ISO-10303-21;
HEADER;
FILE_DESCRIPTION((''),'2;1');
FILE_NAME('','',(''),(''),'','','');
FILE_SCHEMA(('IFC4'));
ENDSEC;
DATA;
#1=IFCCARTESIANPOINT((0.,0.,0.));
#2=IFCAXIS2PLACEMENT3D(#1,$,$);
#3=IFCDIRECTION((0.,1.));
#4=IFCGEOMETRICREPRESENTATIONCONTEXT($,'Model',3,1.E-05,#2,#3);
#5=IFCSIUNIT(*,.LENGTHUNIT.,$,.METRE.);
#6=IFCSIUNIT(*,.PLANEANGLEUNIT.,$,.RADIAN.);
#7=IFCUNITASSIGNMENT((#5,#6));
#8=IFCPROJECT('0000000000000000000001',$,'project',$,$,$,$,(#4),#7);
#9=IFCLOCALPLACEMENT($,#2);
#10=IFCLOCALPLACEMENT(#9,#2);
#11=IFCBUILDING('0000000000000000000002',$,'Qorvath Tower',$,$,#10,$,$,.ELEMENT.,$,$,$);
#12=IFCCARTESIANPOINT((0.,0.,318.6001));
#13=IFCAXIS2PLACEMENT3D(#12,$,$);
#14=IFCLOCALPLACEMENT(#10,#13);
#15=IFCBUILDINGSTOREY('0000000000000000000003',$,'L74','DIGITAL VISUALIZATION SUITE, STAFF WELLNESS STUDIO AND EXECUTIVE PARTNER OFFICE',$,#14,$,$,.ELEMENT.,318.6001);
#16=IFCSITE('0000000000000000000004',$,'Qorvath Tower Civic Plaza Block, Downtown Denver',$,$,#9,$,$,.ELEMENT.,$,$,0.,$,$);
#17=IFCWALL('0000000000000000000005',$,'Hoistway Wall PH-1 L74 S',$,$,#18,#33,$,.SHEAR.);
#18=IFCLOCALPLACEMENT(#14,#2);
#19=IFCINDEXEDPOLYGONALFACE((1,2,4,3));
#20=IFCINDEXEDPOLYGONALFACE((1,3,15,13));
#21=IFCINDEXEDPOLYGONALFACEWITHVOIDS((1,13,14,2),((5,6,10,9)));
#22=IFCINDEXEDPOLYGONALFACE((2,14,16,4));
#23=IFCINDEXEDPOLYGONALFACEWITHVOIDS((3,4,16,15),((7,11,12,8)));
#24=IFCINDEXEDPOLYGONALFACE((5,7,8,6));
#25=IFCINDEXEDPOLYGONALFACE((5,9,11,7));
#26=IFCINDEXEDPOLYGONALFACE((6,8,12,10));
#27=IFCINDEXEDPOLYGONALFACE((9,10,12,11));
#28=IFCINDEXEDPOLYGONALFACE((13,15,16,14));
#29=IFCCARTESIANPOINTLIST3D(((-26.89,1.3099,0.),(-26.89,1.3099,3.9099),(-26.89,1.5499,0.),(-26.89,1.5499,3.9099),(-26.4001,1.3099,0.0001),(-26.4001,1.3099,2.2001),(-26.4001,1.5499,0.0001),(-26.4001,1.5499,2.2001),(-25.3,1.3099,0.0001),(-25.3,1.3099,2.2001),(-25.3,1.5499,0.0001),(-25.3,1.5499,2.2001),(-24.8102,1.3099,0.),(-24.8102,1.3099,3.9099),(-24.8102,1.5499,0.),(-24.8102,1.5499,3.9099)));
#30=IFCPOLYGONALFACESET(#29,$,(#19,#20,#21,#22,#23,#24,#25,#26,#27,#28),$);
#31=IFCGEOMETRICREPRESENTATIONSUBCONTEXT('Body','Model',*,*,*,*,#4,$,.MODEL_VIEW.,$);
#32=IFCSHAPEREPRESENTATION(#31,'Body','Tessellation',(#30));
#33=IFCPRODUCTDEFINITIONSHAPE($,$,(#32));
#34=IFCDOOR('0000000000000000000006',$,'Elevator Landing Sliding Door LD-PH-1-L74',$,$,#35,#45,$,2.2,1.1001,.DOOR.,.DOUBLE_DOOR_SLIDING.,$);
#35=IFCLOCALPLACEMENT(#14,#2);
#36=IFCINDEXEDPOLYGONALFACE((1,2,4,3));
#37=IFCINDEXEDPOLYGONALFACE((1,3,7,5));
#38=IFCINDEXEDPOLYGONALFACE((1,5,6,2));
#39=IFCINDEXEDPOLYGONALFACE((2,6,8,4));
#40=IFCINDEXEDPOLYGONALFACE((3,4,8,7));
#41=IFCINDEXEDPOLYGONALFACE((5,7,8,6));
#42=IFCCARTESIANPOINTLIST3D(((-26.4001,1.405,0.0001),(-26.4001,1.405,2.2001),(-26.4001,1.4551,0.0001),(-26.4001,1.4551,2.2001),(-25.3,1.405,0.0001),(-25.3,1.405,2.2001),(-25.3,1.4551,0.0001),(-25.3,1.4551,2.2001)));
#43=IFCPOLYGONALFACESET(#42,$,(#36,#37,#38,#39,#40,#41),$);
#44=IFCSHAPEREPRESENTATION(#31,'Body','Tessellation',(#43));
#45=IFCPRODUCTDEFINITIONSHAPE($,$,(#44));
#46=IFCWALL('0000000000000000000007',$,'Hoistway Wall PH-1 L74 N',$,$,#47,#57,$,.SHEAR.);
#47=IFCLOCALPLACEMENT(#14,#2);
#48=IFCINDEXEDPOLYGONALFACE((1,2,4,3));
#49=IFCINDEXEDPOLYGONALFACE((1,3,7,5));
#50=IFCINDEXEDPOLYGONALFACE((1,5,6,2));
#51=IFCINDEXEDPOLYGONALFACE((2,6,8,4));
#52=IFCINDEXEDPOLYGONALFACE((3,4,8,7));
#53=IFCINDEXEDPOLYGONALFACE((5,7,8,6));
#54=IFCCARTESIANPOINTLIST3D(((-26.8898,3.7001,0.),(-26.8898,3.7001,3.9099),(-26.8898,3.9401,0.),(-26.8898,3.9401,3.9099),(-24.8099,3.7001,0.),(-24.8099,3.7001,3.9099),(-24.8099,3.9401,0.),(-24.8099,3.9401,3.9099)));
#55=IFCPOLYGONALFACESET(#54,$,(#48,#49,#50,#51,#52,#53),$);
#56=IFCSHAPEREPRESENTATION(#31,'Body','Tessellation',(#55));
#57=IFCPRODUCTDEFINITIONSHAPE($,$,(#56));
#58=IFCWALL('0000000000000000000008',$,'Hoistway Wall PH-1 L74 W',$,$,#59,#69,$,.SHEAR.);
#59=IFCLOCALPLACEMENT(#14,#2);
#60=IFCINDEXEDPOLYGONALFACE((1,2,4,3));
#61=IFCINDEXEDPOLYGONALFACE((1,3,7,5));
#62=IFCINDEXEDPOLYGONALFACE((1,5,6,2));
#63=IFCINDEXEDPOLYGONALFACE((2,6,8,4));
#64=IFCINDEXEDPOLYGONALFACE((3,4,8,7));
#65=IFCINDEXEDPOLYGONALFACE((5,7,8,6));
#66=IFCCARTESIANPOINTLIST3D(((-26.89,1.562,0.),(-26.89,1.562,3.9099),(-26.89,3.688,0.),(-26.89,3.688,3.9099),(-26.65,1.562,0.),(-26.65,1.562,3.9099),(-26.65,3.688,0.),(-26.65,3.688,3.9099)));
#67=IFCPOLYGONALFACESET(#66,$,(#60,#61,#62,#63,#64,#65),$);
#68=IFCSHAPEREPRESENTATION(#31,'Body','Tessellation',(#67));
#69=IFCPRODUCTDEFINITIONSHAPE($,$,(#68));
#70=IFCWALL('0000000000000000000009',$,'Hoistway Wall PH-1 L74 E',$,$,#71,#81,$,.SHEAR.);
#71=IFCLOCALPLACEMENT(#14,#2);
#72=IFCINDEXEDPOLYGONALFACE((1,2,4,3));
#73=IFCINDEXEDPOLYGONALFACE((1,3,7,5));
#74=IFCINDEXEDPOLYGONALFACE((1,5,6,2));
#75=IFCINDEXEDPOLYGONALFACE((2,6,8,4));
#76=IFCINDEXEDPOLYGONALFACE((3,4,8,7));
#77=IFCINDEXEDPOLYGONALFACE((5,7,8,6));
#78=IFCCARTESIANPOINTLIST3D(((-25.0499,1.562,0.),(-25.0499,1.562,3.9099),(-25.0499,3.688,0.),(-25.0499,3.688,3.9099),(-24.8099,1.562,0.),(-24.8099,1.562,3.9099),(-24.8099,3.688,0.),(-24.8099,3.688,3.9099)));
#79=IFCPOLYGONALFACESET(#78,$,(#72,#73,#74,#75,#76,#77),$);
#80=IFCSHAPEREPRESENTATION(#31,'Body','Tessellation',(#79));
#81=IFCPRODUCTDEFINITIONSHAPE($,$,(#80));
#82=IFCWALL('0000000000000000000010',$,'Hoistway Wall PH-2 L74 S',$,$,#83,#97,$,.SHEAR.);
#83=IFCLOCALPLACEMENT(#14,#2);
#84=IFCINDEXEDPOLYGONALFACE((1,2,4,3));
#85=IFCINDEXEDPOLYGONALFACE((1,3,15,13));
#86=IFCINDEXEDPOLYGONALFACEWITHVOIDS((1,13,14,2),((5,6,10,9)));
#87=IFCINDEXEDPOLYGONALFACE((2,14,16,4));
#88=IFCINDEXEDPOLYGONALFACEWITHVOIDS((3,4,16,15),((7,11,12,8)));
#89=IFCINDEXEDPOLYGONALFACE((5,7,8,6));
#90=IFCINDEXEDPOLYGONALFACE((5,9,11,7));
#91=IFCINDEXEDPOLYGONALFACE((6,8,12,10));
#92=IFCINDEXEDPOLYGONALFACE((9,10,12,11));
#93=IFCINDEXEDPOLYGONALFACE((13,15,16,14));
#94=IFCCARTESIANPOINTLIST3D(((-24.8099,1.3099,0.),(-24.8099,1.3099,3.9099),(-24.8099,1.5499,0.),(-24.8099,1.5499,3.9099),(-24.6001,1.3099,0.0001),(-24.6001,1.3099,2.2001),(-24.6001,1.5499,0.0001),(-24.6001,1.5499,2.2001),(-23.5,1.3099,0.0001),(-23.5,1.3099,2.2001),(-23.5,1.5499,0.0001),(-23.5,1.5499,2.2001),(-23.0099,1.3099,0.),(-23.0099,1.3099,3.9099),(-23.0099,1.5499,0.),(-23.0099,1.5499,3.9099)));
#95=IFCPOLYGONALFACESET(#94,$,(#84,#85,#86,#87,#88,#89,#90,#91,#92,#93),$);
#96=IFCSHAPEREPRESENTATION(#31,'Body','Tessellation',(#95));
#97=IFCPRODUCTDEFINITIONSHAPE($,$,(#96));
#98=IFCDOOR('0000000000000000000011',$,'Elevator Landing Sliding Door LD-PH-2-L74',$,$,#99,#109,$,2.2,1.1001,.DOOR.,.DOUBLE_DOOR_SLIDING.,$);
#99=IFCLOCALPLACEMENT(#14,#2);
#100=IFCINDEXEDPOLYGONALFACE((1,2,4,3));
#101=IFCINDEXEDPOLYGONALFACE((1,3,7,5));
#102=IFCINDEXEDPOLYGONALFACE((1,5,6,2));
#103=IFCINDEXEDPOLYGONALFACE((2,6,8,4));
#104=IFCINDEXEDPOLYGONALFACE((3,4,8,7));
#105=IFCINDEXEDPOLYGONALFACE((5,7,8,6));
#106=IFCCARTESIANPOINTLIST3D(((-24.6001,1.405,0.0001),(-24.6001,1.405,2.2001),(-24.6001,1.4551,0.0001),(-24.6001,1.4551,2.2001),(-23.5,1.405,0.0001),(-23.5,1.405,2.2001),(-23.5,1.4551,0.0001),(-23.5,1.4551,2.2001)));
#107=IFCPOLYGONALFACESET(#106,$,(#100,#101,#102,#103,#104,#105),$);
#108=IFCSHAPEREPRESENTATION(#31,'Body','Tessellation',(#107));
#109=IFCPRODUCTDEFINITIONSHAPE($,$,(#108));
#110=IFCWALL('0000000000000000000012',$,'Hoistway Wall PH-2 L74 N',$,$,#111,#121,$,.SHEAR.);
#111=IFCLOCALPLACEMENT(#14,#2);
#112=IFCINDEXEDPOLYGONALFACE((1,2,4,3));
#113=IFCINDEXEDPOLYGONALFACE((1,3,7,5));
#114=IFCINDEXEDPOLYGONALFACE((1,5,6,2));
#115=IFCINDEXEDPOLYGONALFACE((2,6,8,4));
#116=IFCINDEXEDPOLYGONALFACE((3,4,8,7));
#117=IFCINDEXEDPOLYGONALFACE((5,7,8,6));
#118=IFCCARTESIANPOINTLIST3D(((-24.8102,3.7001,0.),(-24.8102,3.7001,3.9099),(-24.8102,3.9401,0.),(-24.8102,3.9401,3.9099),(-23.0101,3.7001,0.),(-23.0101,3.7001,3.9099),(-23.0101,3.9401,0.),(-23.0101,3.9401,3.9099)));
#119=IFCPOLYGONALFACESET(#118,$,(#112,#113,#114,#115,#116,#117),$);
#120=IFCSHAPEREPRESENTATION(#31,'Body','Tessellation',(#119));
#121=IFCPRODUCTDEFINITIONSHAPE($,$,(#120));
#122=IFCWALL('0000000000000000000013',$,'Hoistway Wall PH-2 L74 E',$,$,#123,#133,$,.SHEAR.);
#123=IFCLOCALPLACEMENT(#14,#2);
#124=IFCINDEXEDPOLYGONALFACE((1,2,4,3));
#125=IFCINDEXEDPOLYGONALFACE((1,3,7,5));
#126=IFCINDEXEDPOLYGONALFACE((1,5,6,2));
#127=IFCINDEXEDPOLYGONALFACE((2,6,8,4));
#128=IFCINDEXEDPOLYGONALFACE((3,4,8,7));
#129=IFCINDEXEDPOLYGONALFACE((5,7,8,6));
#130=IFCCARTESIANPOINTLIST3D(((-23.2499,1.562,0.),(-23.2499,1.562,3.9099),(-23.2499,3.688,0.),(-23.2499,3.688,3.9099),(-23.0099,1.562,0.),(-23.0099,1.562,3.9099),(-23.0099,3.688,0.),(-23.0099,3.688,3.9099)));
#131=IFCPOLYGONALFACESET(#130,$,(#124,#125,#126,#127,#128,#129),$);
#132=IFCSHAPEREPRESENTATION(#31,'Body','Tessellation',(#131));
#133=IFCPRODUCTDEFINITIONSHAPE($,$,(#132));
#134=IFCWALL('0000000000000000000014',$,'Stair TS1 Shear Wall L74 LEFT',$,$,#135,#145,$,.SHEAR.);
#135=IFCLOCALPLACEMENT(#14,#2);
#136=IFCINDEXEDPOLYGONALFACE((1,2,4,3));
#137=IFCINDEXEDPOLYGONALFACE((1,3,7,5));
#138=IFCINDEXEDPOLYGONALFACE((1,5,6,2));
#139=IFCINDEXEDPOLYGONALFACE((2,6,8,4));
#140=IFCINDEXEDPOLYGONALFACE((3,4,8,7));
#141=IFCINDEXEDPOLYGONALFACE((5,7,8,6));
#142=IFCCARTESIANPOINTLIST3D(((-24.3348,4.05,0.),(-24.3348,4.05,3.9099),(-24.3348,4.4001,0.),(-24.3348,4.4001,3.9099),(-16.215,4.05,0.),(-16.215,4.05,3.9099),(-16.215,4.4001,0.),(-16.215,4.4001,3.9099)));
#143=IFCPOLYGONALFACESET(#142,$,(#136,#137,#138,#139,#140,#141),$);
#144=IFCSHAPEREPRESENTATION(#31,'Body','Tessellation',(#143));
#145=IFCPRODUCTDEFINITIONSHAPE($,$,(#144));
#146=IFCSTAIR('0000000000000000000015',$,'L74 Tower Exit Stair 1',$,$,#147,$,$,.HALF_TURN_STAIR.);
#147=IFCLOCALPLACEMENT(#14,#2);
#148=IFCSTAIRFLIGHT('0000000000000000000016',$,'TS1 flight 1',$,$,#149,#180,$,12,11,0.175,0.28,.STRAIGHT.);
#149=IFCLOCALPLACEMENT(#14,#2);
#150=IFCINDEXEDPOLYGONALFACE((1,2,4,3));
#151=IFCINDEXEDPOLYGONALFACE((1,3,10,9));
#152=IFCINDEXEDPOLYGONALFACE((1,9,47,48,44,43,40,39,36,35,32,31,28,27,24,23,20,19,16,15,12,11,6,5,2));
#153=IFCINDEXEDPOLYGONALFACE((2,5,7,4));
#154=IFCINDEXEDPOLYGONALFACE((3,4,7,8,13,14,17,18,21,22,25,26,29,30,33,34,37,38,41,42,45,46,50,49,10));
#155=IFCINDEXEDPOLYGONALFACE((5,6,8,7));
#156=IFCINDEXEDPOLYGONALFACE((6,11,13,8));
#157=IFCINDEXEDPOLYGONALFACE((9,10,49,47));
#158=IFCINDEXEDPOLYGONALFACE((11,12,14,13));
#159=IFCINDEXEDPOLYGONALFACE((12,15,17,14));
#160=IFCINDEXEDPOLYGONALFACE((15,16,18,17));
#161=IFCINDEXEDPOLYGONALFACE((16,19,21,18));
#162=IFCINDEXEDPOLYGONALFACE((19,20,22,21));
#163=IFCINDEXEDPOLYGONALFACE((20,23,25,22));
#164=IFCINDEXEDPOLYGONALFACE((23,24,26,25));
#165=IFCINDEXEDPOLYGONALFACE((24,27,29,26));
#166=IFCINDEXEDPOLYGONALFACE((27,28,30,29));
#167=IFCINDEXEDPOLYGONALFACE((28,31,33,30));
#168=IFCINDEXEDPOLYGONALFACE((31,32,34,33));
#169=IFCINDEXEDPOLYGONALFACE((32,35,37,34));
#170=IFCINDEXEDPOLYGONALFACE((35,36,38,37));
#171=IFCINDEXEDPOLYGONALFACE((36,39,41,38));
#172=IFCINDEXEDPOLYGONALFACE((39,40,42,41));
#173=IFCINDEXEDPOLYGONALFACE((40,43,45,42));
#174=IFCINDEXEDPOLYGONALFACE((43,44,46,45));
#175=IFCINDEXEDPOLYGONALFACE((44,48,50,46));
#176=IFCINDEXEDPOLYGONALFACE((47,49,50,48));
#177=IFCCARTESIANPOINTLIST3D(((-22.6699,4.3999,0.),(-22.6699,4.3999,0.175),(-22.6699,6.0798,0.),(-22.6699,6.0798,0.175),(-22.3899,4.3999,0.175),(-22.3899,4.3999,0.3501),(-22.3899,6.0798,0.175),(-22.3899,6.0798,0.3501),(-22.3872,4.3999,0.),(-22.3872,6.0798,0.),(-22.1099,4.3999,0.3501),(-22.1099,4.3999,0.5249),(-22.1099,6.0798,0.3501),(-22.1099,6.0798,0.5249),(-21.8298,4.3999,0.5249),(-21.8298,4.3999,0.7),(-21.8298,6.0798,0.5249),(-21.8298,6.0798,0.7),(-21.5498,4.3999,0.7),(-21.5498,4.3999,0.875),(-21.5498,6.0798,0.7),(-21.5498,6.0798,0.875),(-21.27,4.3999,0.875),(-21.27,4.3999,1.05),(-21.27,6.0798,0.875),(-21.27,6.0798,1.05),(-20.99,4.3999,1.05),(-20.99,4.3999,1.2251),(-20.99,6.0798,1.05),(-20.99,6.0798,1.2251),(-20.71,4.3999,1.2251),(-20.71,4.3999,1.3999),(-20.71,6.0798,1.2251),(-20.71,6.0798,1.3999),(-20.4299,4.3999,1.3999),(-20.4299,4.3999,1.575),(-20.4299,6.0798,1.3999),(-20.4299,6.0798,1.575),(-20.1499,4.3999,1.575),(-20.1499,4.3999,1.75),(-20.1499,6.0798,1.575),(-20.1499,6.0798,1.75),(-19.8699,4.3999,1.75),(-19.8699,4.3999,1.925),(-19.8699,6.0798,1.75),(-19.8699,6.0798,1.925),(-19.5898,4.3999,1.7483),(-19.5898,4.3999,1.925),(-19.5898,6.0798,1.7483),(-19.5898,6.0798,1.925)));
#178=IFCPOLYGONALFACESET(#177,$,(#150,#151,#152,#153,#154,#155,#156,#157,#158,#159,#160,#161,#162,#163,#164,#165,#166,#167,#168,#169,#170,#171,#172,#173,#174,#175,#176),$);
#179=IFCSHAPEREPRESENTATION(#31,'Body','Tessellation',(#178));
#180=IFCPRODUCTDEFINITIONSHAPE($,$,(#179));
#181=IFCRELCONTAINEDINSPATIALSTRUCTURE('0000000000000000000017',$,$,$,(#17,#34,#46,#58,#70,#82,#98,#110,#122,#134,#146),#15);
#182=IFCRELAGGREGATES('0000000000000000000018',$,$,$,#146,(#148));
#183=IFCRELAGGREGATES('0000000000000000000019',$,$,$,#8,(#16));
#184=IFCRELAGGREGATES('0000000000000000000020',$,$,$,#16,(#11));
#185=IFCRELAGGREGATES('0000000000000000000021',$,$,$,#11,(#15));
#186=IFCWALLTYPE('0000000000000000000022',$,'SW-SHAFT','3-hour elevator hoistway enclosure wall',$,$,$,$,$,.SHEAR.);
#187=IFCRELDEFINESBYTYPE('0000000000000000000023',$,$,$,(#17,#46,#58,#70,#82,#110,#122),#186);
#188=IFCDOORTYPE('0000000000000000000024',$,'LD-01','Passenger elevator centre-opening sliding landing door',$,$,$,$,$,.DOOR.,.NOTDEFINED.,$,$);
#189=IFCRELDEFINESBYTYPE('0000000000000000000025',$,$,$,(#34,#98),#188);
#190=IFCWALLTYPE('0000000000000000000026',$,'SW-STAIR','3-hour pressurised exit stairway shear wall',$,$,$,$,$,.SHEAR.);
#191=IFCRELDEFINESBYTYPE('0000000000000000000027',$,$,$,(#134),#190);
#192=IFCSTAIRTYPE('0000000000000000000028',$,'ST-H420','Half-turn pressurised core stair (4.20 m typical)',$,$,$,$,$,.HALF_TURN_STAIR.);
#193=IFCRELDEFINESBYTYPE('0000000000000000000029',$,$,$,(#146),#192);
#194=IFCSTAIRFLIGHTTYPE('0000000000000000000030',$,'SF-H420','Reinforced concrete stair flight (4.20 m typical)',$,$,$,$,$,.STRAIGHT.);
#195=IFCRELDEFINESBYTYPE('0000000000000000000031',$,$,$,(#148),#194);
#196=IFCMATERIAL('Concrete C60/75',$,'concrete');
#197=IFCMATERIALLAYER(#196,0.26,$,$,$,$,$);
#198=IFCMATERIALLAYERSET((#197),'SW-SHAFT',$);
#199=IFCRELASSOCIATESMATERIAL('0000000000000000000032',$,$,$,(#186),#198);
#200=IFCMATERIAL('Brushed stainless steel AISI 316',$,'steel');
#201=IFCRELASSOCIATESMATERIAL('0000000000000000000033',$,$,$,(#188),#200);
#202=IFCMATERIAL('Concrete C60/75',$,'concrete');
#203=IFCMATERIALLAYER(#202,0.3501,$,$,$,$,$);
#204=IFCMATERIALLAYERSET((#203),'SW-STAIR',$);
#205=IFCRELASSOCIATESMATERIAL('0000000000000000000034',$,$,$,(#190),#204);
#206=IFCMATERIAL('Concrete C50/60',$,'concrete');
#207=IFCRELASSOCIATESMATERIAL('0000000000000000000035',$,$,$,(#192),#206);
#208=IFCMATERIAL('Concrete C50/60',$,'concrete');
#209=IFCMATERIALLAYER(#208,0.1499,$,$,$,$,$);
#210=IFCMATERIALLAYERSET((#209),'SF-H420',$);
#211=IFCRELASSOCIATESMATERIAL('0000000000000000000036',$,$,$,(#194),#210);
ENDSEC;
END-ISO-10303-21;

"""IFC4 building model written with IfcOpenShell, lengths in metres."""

from ifc_helpers import new_model, si_unit, direction, frame, frame_2d, origin, place, context, subcontext, project, spatial, polyline, rectangle, outline, extrude, material, layer, layer_set, type_object, element, fill, aggregate, save


model = new_model("IFC4")

# Units and contexts
model_context = context("Model", 3, precision=1e-05, world=origin(), true_north=direction((0.0, 1.0)))
body_context = subcontext(model_context, "Body", "Model", "MODEL_VIEW")
ifc_project = project(units=[si_unit("LENGTHUNIT", "METRE"), si_unit("PLANEANGLEUNIT", "RADIAN")], contexts=[model_context])

# Site, building, storey
site_placement = place(None, origin())
site = spatial("IfcSite", under=ifc_project, at=site_placement, Name="Qorvath Tower Civic Plaza Block, Downtown Denver", CompositionType="ELEMENT", RefElevation=0.0)
building_placement = place(site_placement, origin())
building = spatial("IfcBuilding", under=site, at=building_placement, Name="Qorvath Tower", CompositionType="ELEMENT")
storey_placement = place(building_placement, frame((0.0, 0.0, 318.6001)))
storey = spatial("IfcBuildingStorey", under=building, at=storey_placement, Name="L74", Description="DIGITAL VISUALIZATION SUITE, STAFF WELLNESS STUDIO AND EXECUTIVE PARTNER OFFICE", CompositionType="ELEMENT", Elevation=318.6001)

# Shared definitions
ifc_material_1 = material(Name="Concrete C60/75", Category="concrete")
ifc_layer_1 = layer(ifc_material_1, 0.26)
ifc_layer_set_1 = layer_set([ifc_layer_1], Name="SW-SHAFT")
wall_type_1 = type_object("IfcWallType", Name="SW-SHAFT", Description="3-hour elevator hoistway enclosure wall", PredefinedType="SHEAR", material=ifc_layer_set_1)

# Wall, opening, door
wall_1_placement = place(storey_placement, frame((-24.8101, 1.4299, 0.0), z_axis=(0.0, 0.0, 1.0), x_axis=(-1.0, 0.0, 0.0)))
wall_1 = element("IfcWall", 1, at=wall_1_placement, inside=storey, type_object=wall_type_1, Name="Hoistway Wall PH-1 L74 S", PredefinedType="SHEAR", context=body_context, shape_type="SweptSolid", body=[
    extrude(rectangle(XDim=2.0798, YDim=0.24, at=frame_2d((1.04, 0.0))), origin(), (0.0, 0.0, 1.0), 3.9099),
])
opening_1_placement = place(wall_1_placement, frame((0.49, 0.0, 0.0)))
opening_1 = element("IfcOpeningElement", 2, at=opening_1_placement, cuts=wall_1, PredefinedType="OPENING", context=body_context, shape_type="SweptSolid", body=[
    extrude(rectangle(XDim=1.1001, YDim=2.2, at=frame_2d((0.55, 1.1001))), frame((0.0, 0.1299, 0.0), z_axis=(0.0, -1.0, 0.0), x_axis=(1.0, 0.0, 0.0)), (0.0, 0.0, 1.0), 0.26),
])
ifc_material_2 = material(Name="Brushed stainless steel AISI 316", Category="steel")
door_type_1 = type_object("IfcDoorType", Name="LD-01", Description="Passenger elevator centre-opening sliding landing door", OperationType="NOTDEFINED", PredefinedType="DOOR", material=ifc_material_2)
door_1_placement = place(opening_1_placement, origin())
door_1 = element("IfcDoor", 3, at=door_1_placement, inside=storey, type_object=door_type_1, Name="Elevator Landing Sliding Door LD-PH-1-L74", OperationType="DOUBLE_DOOR_SLIDING", OverallHeight=2.2, OverallWidth=1.1001, PredefinedType="DOOR", context=body_context, shape_type="SweptSolid", body=[
    extrude(rectangle(XDim=1.1001, YDim=2.2, at=frame_2d((0.55, 1.1001))), frame((0.0, 0.0249, 0.0), z_axis=(0.0, -1.0, 0.0), x_axis=(1.0, 0.0, 0.0)), (0.0, 0.0, 1.0), 0.05),
])
fill(opening_1, door_1)

# Walls
wall_2_placement = place(storey_placement, frame((-26.8899, 3.8201, 0.0), z_axis=(0.0, 0.0, 1.0), x_axis=(1.0, 0.0, 0.0)))
element("IfcWall", 4, at=wall_2_placement, inside=storey, type_object=wall_type_1, Name="Hoistway Wall PH-1 L74 N", PredefinedType="SHEAR", context=body_context, shape_type="SweptSolid", body=[
    extrude(rectangle(XDim=2.0798, YDim=0.24, at=frame_2d((1.04, 0.0))), origin(), (0.0, 0.0, 1.0), 3.9099),
])
for number, where, z_axis, x_axis, name in (
    (5, (-26.77, 1.562, 0.0), (0.0, 0.0, 1.0), (0.0, 1.0, 0.0), "Hoistway Wall PH-1 L74 W"),
    (6, (-24.9299, 3.688, 0.0), (0.0, 0.0, 1.0), (0.0, -1.0, 0.0), "Hoistway Wall PH-1 L74 E"),
):
    element("IfcWall", number, at=place(storey_placement, frame(where, z_axis=z_axis, x_axis=x_axis)), inside=storey, type_object=wall_type_1, Name=name, PredefinedType="SHEAR", context=body_context, shape_type="SweptSolid", body=[
        extrude(rectangle(XDim=2.126, YDim=0.24, at=frame_2d((1.063, 0.0))), origin(), (0.0, 0.0, 1.0), 3.9099),
    ])

# Wall, opening, door
wall_3_placement = place(storey_placement, frame((-23.01, 1.4299, 0.0), z_axis=(0.0, 0.0, 1.0), x_axis=(-1.0, 0.0, 0.0)))
wall_3 = element("IfcWall", 7, at=wall_3_placement, inside=storey, type_object=wall_type_1, Name="Hoistway Wall PH-2 L74 S", PredefinedType="SHEAR", context=body_context, shape_type="SweptSolid", body=[
    extrude(rectangle(XDim=1.8, YDim=0.24, at=frame_2d((0.8999, 0.0))), origin(), (0.0, 0.0, 1.0), 3.9099),
])
opening_2_placement = place(wall_3_placement, frame((0.49, 0.0, 0.0)))
opening_2 = element("IfcOpeningElement", 8, at=opening_2_placement, cuts=wall_3, PredefinedType="OPENING", context=body_context, shape_type="SweptSolid", body=[
    extrude(rectangle(XDim=1.1001, YDim=2.2, at=frame_2d((0.55, 1.1001))), frame((0.0, 0.1299, 0.0), z_axis=(0.0, -1.0, 0.0), x_axis=(1.0, 0.0, 0.0)), (0.0, 0.0, 1.0), 0.26),
])
door_2_placement = place(opening_2_placement, origin())
door_2 = element("IfcDoor", 9, at=door_2_placement, inside=storey, type_object=door_type_1, Name="Elevator Landing Sliding Door LD-PH-2-L74", OperationType="DOUBLE_DOOR_SLIDING", OverallHeight=2.2, OverallWidth=1.1001, PredefinedType="DOOR", context=body_context, shape_type="SweptSolid", body=[
    extrude(rectangle(XDim=1.1001, YDim=2.2, at=frame_2d((0.55, 1.1001))), frame((0.0, 0.0249, 0.0), z_axis=(0.0, -1.0, 0.0), x_axis=(1.0, 0.0, 0.0)), (0.0, 0.0, 1.0), 0.05),
])
fill(opening_2, door_2)

# Walls
wall_4_placement = place(storey_placement, frame((-24.8101, 3.8201, 0.0), z_axis=(0.0, 0.0, 1.0), x_axis=(1.0, 0.0, 0.0)))
element("IfcWall", 10, at=wall_4_placement, inside=storey, type_object=wall_type_1, Name="Hoistway Wall PH-2 L74 N", PredefinedType="SHEAR", context=body_context, shape_type="SweptSolid", body=[
    extrude(rectangle(XDim=1.8, YDim=0.24, at=frame_2d((0.8999, 0.0))), origin(), (0.0, 0.0, 1.0), 3.9099),
])
wall_5_placement = place(storey_placement, frame((-23.1299, 3.688, 0.0), z_axis=(0.0, 0.0, 1.0), x_axis=(0.0, -1.0, 0.0)))
element("IfcWall", 11, at=wall_5_placement, inside=storey, type_object=wall_type_1, Name="Hoistway Wall PH-2 L74 E", PredefinedType="SHEAR", context=body_context, shape_type="SweptSolid", body=[
    extrude(rectangle(XDim=2.126, YDim=0.24, at=frame_2d((1.063, 0.0))), origin(), (0.0, 0.0, 1.0), 3.9099),
])
ifc_material_3 = material(Name="Concrete C60/75", Category="concrete")
ifc_layer_2 = layer(ifc_material_3, 0.3501)
ifc_layer_set_2 = layer_set([ifc_layer_2], Name="SW-STAIR")
wall_type_2 = type_object("IfcWallType", Name="SW-STAIR", Description="3-hour pressurised exit stairway shear wall", PredefinedType="SHEAR", material=ifc_layer_set_2)
wall_6_placement = place(storey_placement, frame((-24.335, 4.2251, 0.0), z_axis=(0.0, 0.0, 1.0), x_axis=(1.0, 0.0, 0.0)))
element("IfcWall", 12, at=wall_6_placement, inside=storey, type_object=wall_type_2, Name="Stair TS1 Shear Wall L74 LEFT", PredefinedType="SHEAR", context=body_context, shape_type="SweptSolid", body=[
    extrude(rectangle(XDim=8.1199, YDim=0.3501, at=frame_2d((4.0601, 0.0))), origin(), (0.0, 0.0, 1.0), 3.9099),
])

# Stair, stair flight
ifc_material_4 = material(Name="Concrete C50/60", Category="concrete")
stair_type = type_object("IfcStairType", Name="ST-H420", Description="Half-turn pressurised core stair (4.20 m typical)", PredefinedType="HALF_TURN_STAIR", material=ifc_material_4)
stair_placement = place(storey_placement, origin())
stair = element("IfcStair", 13, at=stair_placement, inside=storey, type_object=stair_type, Name="L74 Tower Exit Stair 1", PredefinedType="HALF_TURN_STAIR")
ifc_material_5 = material(Name="Concrete C50/60", Category="concrete")
ifc_layer_3 = layer(ifc_material_5, 0.1499)
ifc_layer_set_3 = layer_set([ifc_layer_3], Name="SF-H420")
stair_flight_type = type_object("IfcStairFlightType", Name="SF-H420", Description="Reinforced concrete stair flight (4.20 m typical)", PredefinedType="STRAIGHT", material=ifc_layer_set_3)
stair_flight_1_placement = place(storey_placement, frame((-22.6699, 5.24, 0.0), z_axis=(0.0, 0.0, 1.0), x_axis=(1.0, 0.0, 0.0)))
stair_flight_1 = element("IfcStairFlight", 14, at=stair_flight_1_placement, type_object=stair_flight_type, Name="TS1 flight 1", NumberOfRisers=12, NumberOfTreads=11, PredefinedType="STRAIGHT", RiserHeight=0.175, TreadLength=0.28, context=body_context, shape_type="SweptSolid", body=[
    extrude(outline(polyline([(0.0, 0.0), (0.0, 0.175), (0.28, 0.175), (0.28, 0.3501), (0.5601, 0.3501), (0.5601, 0.5249), (0.8401, 0.5249), (0.8401, 0.7), (1.1201, 0.7), (1.1201, 0.875), (1.3999, 0.875), (1.3999, 1.05), (1.6799, 1.05), (1.6799, 1.2251), (1.96, 1.2251), (1.96, 1.3999), (2.24, 1.3999), (2.24, 1.575), (2.52, 1.575), (2.52, 1.75), (2.8, 1.75), (2.8, 1.925), (3.0801, 1.925), (3.0801, 2.1001), (3.0801, 1.7483), (0.2827, 0.0), (0.0, 0.0)])), frame((0.0, 0.8398, 0.0), z_axis=(0.0, -1.0, 0.0), x_axis=(1.0, 0.0, 0.0)), (0.0, 0.0, 1.0), 1.6799),
])
aggregate(stair, [stair_flight_1])

save(model, "model.ifc")
